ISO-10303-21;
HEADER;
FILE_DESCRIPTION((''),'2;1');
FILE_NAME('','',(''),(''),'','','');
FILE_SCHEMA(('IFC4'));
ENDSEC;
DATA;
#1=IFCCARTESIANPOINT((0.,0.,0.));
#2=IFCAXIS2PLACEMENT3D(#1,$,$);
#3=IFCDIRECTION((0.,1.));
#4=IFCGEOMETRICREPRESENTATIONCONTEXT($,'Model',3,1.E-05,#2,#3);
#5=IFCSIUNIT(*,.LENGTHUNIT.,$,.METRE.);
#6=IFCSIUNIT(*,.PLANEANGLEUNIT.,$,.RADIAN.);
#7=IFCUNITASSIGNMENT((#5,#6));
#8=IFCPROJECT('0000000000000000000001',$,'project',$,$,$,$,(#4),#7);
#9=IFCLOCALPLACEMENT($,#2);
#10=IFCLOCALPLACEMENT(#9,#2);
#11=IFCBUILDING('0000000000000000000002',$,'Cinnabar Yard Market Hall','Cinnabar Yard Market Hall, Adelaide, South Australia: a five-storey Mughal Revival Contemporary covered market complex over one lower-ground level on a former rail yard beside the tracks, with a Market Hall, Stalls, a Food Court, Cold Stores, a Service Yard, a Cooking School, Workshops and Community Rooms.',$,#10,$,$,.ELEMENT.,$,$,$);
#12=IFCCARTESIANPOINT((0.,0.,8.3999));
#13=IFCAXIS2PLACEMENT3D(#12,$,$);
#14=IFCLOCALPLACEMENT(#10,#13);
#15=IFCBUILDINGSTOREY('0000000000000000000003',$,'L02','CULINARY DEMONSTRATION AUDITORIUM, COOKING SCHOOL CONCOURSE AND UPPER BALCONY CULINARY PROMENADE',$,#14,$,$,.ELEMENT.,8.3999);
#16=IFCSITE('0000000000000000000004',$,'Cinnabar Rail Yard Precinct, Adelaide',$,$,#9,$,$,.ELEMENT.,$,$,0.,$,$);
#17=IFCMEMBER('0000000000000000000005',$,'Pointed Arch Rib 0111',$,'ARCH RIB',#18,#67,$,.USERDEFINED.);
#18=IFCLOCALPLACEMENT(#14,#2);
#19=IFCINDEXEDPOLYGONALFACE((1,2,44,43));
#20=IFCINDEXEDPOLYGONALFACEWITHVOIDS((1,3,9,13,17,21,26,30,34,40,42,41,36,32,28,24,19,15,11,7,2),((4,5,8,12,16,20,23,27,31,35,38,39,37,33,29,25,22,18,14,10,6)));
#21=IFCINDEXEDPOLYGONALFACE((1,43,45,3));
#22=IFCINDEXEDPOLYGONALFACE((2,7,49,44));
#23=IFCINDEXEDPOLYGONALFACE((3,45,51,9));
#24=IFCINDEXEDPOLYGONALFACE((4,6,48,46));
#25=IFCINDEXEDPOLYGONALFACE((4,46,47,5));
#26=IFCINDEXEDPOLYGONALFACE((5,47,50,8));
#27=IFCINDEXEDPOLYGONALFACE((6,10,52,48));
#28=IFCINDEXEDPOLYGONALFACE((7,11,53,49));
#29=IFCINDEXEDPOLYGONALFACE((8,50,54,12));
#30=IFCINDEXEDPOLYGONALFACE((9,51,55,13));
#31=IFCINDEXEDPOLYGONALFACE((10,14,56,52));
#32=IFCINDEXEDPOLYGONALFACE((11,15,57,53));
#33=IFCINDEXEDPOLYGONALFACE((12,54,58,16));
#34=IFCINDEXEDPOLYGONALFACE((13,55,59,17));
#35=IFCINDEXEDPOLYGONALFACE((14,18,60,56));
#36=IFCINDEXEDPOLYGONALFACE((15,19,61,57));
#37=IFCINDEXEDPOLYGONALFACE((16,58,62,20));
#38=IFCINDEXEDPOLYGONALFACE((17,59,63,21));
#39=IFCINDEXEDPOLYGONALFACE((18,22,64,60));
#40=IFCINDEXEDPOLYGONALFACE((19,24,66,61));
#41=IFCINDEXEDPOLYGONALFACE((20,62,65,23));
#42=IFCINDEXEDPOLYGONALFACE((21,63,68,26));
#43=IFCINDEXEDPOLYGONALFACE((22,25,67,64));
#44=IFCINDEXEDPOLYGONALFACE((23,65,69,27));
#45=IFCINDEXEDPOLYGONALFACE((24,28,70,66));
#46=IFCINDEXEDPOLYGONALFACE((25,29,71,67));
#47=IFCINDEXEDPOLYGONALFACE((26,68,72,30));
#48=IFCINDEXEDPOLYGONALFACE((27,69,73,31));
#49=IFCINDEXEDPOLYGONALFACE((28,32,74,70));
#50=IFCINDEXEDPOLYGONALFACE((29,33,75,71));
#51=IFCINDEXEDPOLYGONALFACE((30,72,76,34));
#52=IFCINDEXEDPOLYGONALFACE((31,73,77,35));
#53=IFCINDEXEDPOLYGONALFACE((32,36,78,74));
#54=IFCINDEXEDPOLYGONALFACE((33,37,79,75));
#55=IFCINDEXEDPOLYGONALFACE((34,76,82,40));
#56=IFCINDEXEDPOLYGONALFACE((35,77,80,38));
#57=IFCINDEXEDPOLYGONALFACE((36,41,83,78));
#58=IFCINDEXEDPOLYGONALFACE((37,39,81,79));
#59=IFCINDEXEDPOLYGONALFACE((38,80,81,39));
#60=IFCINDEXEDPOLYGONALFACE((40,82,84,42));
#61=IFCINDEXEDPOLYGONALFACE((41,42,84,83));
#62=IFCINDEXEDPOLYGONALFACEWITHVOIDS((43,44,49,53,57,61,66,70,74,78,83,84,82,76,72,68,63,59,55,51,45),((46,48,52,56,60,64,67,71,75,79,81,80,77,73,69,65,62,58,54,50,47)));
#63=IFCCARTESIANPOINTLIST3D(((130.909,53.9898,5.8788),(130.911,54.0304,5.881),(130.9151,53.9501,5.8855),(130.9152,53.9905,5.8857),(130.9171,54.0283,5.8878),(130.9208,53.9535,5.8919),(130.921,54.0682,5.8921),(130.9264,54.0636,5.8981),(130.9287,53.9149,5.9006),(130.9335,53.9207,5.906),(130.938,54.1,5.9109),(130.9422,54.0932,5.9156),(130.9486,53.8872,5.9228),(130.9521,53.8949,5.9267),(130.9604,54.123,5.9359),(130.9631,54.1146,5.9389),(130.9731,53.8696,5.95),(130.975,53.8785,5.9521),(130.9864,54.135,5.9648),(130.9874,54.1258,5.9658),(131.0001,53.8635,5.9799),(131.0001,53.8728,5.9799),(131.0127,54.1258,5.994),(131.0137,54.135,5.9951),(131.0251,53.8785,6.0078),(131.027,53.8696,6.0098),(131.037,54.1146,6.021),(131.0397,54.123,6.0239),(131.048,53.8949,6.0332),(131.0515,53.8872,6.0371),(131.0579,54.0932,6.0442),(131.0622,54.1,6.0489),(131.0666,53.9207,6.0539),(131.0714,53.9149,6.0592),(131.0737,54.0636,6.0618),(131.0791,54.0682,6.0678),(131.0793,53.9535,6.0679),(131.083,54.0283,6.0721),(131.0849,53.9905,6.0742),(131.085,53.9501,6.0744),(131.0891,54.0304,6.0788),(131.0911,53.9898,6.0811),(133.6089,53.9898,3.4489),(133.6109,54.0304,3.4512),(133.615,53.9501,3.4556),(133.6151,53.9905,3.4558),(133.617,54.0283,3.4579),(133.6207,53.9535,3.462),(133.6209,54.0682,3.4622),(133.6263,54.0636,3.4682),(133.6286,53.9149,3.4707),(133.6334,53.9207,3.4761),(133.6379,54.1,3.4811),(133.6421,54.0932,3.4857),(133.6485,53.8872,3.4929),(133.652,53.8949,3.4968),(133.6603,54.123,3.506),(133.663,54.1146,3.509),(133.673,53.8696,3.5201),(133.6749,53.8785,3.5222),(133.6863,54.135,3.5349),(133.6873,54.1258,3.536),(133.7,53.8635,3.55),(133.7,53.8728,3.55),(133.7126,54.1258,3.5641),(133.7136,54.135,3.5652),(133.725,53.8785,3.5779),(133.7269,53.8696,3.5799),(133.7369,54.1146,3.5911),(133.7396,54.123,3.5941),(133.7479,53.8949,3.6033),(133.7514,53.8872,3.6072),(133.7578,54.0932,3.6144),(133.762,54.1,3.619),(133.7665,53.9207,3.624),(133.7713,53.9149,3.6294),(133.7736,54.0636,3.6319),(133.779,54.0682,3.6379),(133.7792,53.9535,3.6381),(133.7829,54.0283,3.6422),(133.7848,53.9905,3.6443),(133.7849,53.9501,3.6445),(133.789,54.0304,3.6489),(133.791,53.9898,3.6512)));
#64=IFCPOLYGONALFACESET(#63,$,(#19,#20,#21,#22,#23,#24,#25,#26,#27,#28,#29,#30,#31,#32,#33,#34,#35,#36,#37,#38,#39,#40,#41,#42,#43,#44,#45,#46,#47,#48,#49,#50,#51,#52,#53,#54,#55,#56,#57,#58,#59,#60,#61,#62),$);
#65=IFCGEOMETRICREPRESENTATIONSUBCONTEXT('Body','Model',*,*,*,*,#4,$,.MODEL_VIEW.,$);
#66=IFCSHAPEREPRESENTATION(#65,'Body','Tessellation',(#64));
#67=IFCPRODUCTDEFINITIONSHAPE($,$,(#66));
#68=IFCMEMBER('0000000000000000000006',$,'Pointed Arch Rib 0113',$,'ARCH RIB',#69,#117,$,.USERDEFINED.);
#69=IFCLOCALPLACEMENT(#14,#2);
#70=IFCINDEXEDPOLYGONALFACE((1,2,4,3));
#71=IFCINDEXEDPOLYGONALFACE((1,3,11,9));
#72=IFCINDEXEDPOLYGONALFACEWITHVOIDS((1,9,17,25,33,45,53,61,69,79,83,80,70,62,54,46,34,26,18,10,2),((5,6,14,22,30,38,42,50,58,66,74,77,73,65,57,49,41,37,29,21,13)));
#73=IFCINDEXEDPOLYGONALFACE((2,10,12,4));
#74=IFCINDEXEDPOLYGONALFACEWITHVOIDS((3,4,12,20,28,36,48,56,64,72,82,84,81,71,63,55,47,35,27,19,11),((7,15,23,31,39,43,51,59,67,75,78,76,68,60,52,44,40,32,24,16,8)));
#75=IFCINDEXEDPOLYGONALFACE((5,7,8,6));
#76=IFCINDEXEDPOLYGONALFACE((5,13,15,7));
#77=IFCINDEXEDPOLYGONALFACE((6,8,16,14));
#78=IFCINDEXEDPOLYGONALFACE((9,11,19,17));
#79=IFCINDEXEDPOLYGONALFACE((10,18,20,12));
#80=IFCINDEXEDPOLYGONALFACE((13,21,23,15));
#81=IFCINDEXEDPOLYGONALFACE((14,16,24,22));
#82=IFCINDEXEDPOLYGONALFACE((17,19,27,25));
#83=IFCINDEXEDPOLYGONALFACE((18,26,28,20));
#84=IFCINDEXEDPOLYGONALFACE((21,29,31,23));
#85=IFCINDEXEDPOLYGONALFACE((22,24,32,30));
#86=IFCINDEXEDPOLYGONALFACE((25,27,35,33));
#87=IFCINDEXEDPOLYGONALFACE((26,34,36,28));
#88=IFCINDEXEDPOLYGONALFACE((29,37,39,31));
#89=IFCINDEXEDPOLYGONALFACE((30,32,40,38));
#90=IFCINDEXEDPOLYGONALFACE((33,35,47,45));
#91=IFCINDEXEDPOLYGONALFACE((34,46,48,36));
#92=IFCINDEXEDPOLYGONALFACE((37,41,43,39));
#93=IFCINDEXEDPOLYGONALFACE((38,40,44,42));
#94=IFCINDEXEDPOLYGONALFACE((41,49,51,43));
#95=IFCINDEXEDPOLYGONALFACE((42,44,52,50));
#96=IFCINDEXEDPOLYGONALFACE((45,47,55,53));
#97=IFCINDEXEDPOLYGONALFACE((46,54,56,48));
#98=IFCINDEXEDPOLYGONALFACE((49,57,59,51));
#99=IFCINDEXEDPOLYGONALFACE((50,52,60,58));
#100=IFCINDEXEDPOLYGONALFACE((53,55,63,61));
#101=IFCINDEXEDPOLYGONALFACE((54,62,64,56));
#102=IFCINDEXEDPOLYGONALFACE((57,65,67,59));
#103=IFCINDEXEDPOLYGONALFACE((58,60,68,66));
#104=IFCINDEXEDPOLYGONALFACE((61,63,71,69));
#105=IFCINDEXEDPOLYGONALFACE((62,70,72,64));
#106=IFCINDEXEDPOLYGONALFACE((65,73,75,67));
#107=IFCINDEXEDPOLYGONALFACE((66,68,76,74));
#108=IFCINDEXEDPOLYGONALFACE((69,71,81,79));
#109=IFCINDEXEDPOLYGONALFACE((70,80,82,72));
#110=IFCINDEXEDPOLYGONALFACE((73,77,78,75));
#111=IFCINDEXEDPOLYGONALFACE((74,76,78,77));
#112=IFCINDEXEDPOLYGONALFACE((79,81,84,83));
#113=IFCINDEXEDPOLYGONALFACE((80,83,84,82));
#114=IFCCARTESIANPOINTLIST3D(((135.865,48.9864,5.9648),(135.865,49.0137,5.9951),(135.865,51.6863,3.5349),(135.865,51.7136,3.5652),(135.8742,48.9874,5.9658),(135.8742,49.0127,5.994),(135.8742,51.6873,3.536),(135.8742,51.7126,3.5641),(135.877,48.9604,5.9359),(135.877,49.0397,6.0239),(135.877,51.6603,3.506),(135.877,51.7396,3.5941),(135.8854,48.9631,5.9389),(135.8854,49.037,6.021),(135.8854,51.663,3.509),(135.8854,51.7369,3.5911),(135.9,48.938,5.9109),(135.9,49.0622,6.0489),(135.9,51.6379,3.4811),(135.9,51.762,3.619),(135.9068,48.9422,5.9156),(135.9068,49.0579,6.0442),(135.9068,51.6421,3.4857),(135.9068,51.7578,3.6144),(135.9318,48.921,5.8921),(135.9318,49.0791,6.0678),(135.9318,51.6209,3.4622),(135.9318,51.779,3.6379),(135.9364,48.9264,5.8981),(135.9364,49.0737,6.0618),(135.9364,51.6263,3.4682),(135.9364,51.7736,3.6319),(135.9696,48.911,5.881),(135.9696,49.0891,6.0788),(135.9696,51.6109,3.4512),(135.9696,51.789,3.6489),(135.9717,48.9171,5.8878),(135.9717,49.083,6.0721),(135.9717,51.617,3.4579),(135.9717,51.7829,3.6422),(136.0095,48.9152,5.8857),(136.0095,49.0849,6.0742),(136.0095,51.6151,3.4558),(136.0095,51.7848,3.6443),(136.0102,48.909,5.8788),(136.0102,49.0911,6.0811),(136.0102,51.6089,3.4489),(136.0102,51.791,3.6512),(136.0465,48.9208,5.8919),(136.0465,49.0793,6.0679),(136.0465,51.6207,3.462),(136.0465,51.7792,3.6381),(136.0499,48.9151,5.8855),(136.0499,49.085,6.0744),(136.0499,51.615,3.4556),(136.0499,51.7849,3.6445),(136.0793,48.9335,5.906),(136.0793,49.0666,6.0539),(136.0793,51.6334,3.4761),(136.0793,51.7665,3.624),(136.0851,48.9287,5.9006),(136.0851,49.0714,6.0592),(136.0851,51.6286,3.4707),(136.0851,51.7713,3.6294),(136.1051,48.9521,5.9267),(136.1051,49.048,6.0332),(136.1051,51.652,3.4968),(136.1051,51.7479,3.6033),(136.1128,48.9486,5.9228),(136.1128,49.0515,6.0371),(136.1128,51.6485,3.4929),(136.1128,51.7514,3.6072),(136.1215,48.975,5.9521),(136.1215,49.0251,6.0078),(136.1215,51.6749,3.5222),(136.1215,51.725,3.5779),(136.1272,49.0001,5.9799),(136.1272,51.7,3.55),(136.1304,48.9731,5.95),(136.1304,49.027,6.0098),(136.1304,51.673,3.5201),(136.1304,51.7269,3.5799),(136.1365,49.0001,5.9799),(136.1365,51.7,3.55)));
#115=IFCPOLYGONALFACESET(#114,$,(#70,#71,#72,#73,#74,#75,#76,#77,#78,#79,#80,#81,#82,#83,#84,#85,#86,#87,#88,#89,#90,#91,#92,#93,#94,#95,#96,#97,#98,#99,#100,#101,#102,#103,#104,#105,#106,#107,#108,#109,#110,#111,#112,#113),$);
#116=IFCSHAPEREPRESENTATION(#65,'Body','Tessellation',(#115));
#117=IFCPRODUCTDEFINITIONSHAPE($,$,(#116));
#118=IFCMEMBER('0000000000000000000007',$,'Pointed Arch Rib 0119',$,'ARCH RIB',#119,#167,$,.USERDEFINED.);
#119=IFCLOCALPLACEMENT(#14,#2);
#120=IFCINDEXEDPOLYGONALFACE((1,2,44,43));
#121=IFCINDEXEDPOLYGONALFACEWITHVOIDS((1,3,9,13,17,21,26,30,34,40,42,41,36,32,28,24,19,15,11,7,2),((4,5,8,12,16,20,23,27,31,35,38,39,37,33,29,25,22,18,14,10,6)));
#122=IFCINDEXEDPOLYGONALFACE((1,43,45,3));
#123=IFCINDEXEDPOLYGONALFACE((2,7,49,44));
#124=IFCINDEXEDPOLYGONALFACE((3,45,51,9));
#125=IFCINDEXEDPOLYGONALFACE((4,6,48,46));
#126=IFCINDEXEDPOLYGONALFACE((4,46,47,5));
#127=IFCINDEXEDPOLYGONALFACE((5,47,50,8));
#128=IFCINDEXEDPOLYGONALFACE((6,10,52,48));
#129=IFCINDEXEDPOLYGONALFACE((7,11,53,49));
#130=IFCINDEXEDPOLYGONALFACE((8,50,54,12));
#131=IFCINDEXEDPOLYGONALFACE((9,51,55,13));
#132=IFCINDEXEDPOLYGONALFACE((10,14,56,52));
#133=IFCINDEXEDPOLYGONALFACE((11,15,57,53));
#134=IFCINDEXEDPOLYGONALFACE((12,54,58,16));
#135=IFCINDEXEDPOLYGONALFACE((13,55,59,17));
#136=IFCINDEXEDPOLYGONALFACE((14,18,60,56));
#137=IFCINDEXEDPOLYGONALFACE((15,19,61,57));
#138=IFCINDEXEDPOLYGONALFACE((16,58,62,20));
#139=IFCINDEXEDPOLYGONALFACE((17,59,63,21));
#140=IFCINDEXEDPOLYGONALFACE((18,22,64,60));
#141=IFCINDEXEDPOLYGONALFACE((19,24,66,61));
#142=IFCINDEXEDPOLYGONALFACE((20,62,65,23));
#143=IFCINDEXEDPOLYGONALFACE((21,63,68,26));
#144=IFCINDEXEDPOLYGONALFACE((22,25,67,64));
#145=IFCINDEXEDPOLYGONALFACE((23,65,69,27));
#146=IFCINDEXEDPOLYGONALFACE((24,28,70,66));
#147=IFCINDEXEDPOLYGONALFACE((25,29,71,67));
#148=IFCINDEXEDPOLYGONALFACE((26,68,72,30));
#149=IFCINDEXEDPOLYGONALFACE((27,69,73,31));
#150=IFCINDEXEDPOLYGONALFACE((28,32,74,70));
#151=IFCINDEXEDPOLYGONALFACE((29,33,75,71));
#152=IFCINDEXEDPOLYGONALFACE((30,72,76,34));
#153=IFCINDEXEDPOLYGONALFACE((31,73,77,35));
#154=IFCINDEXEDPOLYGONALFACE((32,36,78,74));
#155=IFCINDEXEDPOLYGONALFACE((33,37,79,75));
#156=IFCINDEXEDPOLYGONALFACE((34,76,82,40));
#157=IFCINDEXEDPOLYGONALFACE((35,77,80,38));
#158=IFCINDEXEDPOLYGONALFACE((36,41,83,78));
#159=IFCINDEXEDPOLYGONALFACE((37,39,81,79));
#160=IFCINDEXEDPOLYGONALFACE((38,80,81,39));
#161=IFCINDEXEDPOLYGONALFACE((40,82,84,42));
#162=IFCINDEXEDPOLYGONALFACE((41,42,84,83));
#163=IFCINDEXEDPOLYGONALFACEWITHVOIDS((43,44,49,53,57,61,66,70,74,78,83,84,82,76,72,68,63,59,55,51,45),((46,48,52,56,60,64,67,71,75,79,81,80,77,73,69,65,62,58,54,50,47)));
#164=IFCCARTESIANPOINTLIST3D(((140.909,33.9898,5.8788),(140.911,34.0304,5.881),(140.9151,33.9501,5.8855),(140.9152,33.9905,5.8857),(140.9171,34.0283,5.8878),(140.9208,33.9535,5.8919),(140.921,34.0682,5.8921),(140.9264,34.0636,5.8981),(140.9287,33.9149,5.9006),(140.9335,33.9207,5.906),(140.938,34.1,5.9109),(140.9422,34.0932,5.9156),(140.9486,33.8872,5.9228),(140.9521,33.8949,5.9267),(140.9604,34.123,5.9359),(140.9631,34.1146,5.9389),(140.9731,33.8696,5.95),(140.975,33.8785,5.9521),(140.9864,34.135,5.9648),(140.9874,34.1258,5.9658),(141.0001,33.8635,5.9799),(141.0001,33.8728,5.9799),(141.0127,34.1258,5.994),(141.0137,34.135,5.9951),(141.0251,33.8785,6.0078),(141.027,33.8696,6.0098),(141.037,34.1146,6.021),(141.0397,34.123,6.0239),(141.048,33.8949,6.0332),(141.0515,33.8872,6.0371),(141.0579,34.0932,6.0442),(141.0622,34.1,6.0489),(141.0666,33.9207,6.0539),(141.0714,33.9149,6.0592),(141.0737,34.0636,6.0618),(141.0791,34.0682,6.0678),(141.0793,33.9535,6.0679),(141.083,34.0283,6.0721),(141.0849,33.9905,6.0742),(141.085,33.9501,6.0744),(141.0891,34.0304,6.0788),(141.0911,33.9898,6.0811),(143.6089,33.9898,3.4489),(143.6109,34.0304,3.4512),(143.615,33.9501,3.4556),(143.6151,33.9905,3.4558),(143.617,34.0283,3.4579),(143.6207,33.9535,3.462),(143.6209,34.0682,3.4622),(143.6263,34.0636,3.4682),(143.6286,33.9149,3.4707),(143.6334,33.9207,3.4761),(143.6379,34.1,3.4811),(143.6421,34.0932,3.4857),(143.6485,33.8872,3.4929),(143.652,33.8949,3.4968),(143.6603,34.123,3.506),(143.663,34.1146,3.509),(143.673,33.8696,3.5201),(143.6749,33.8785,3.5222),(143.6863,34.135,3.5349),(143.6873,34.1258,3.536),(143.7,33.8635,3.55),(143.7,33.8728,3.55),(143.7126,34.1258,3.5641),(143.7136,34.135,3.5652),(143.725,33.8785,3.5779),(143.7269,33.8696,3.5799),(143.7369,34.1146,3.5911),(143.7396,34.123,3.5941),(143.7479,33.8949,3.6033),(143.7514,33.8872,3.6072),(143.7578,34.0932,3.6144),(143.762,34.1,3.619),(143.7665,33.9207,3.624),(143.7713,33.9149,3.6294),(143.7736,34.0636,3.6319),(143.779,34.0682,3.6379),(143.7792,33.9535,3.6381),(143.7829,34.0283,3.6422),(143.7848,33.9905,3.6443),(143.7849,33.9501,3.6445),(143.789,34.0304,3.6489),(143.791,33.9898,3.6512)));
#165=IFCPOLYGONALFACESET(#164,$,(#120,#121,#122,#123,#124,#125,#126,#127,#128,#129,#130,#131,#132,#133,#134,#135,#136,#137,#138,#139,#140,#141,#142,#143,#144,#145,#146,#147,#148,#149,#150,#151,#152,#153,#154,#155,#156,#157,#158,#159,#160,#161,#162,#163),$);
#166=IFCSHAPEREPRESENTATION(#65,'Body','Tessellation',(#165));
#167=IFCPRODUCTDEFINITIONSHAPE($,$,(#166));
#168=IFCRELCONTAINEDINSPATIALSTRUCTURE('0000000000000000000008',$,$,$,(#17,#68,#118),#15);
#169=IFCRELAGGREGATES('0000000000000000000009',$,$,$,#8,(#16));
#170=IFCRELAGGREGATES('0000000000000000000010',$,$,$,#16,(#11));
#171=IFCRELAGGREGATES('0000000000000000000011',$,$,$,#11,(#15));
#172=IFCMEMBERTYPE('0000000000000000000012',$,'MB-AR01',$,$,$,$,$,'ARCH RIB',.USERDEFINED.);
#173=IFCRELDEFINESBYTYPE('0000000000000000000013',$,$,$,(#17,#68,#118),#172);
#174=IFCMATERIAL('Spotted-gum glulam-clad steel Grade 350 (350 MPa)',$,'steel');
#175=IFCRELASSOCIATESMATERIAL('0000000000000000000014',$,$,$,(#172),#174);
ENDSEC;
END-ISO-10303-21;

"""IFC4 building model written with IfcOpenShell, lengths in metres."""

from ifc_helpers import new_model, si_unit, direction, frame, origin, origin_2d_with_axis, place, context, subcontext, project, spatial, hollow_circle, extrude, material, material_profile, profile_set, type_object, element, save


model = new_model("IFC4")

# Units and contexts
model_context = context("Model", 3, precision=1e-05, world=origin(), true_north=direction((0.0, 1.0)))
body_context = subcontext(model_context, "Body", "Model", "MODEL_VIEW")
ifc_project = project(units=[si_unit("LENGTHUNIT", "METRE"), si_unit("PLANEANGLEUNIT", "RADIAN")], contexts=[model_context])

# Site, building, storey
site_placement = place(None, origin())
site = spatial("IfcSite", under=ifc_project, at=site_placement, Name="Cinnabar Rail Yard Precinct, Adelaide", CompositionType="ELEMENT", RefElevation=0.0)
building_placement = place(site_placement, origin())
building = spatial("IfcBuilding", under=site, at=building_placement, Name="Cinnabar Yard Market Hall", Description="Cinnabar Yard Market Hall, Adelaide, South Australia: a five-storey Mughal Revival Contemporary covered market complex over one lower-ground level on a former rail yard beside the tracks, with a Market Hall, Stalls, a Food Court, Cold Stores, a Service Yard, a Cooking School, Workshops and Community Rooms.", CompositionType="ELEMENT")
storey_placement = place(building_placement, frame((0.0, 0.0, 8.3999)))
storey = spatial("IfcBuildingStorey", under=building, at=storey_placement, Name="L02", Description="CULINARY DEMONSTRATION AUDITORIUM, COOKING SCHOOL CONCOURSE AND UPPER BALCONY CULINARY PROMENADE", CompositionType="ELEMENT", Elevation=8.3999)

# Shared definitions
ifc_material_1 = material(Name="Spotted-gum glulam-clad steel Grade 350 (350 MPa)", Category="steel")

# Members
ifc_material_profile_1 = material_profile(ifc_material_1, hollow_circle(Radius=0.1365, WallThickness=0.0093, at=origin_2d_with_axis()), Name="273.1x9.3CHS")
ifc_profile_set_1 = profile_set([ifc_material_profile_1], Name="Spotted-gum glulam-clad steel Grade 350 (350 MPa)")
member_type_1 = type_object("IfcMemberType", Name="MB-AR01", ElementType="ARCH RIB", PredefinedType="USERDEFINED", material=ifc_profile_set_1)
for number, where, z_axis, x_axis, name in (
    (1, (133.7, 54.0, 3.55), (-0.743297, 0.0, 0.668961), (0.0, -1.0, 0.0), "Pointed Arch Rib 0111"),
    (2, (136.0, 51.7, 3.55), (0.0, -0.743297, 0.668961), (1.0, 0.0, 0.0), "Pointed Arch Rib 0113"),
    (3, (143.7, 34.0, 3.55), (-0.743297, 0.0, 0.668961), (0.0, -1.0, 0.0), "Pointed Arch Rib 0119"),
):
    element("IfcMember", number, at=place(storey_placement, frame(where, z_axis=z_axis, x_axis=x_axis)), inside=storey, type_object=member_type_1, Name=name, ObjectType="ARCH RIB", PredefinedType="USERDEFINED", context=body_context, shape_type="SweptSolid", body=[
        extrude(hollow_circle(Radius=0.1365, WallThickness=0.0093, at=origin_2d_with_axis()), origin(), (0.0, 0.0, 1.0), 3.6323),
    ])

save(model, "model.ifc")
